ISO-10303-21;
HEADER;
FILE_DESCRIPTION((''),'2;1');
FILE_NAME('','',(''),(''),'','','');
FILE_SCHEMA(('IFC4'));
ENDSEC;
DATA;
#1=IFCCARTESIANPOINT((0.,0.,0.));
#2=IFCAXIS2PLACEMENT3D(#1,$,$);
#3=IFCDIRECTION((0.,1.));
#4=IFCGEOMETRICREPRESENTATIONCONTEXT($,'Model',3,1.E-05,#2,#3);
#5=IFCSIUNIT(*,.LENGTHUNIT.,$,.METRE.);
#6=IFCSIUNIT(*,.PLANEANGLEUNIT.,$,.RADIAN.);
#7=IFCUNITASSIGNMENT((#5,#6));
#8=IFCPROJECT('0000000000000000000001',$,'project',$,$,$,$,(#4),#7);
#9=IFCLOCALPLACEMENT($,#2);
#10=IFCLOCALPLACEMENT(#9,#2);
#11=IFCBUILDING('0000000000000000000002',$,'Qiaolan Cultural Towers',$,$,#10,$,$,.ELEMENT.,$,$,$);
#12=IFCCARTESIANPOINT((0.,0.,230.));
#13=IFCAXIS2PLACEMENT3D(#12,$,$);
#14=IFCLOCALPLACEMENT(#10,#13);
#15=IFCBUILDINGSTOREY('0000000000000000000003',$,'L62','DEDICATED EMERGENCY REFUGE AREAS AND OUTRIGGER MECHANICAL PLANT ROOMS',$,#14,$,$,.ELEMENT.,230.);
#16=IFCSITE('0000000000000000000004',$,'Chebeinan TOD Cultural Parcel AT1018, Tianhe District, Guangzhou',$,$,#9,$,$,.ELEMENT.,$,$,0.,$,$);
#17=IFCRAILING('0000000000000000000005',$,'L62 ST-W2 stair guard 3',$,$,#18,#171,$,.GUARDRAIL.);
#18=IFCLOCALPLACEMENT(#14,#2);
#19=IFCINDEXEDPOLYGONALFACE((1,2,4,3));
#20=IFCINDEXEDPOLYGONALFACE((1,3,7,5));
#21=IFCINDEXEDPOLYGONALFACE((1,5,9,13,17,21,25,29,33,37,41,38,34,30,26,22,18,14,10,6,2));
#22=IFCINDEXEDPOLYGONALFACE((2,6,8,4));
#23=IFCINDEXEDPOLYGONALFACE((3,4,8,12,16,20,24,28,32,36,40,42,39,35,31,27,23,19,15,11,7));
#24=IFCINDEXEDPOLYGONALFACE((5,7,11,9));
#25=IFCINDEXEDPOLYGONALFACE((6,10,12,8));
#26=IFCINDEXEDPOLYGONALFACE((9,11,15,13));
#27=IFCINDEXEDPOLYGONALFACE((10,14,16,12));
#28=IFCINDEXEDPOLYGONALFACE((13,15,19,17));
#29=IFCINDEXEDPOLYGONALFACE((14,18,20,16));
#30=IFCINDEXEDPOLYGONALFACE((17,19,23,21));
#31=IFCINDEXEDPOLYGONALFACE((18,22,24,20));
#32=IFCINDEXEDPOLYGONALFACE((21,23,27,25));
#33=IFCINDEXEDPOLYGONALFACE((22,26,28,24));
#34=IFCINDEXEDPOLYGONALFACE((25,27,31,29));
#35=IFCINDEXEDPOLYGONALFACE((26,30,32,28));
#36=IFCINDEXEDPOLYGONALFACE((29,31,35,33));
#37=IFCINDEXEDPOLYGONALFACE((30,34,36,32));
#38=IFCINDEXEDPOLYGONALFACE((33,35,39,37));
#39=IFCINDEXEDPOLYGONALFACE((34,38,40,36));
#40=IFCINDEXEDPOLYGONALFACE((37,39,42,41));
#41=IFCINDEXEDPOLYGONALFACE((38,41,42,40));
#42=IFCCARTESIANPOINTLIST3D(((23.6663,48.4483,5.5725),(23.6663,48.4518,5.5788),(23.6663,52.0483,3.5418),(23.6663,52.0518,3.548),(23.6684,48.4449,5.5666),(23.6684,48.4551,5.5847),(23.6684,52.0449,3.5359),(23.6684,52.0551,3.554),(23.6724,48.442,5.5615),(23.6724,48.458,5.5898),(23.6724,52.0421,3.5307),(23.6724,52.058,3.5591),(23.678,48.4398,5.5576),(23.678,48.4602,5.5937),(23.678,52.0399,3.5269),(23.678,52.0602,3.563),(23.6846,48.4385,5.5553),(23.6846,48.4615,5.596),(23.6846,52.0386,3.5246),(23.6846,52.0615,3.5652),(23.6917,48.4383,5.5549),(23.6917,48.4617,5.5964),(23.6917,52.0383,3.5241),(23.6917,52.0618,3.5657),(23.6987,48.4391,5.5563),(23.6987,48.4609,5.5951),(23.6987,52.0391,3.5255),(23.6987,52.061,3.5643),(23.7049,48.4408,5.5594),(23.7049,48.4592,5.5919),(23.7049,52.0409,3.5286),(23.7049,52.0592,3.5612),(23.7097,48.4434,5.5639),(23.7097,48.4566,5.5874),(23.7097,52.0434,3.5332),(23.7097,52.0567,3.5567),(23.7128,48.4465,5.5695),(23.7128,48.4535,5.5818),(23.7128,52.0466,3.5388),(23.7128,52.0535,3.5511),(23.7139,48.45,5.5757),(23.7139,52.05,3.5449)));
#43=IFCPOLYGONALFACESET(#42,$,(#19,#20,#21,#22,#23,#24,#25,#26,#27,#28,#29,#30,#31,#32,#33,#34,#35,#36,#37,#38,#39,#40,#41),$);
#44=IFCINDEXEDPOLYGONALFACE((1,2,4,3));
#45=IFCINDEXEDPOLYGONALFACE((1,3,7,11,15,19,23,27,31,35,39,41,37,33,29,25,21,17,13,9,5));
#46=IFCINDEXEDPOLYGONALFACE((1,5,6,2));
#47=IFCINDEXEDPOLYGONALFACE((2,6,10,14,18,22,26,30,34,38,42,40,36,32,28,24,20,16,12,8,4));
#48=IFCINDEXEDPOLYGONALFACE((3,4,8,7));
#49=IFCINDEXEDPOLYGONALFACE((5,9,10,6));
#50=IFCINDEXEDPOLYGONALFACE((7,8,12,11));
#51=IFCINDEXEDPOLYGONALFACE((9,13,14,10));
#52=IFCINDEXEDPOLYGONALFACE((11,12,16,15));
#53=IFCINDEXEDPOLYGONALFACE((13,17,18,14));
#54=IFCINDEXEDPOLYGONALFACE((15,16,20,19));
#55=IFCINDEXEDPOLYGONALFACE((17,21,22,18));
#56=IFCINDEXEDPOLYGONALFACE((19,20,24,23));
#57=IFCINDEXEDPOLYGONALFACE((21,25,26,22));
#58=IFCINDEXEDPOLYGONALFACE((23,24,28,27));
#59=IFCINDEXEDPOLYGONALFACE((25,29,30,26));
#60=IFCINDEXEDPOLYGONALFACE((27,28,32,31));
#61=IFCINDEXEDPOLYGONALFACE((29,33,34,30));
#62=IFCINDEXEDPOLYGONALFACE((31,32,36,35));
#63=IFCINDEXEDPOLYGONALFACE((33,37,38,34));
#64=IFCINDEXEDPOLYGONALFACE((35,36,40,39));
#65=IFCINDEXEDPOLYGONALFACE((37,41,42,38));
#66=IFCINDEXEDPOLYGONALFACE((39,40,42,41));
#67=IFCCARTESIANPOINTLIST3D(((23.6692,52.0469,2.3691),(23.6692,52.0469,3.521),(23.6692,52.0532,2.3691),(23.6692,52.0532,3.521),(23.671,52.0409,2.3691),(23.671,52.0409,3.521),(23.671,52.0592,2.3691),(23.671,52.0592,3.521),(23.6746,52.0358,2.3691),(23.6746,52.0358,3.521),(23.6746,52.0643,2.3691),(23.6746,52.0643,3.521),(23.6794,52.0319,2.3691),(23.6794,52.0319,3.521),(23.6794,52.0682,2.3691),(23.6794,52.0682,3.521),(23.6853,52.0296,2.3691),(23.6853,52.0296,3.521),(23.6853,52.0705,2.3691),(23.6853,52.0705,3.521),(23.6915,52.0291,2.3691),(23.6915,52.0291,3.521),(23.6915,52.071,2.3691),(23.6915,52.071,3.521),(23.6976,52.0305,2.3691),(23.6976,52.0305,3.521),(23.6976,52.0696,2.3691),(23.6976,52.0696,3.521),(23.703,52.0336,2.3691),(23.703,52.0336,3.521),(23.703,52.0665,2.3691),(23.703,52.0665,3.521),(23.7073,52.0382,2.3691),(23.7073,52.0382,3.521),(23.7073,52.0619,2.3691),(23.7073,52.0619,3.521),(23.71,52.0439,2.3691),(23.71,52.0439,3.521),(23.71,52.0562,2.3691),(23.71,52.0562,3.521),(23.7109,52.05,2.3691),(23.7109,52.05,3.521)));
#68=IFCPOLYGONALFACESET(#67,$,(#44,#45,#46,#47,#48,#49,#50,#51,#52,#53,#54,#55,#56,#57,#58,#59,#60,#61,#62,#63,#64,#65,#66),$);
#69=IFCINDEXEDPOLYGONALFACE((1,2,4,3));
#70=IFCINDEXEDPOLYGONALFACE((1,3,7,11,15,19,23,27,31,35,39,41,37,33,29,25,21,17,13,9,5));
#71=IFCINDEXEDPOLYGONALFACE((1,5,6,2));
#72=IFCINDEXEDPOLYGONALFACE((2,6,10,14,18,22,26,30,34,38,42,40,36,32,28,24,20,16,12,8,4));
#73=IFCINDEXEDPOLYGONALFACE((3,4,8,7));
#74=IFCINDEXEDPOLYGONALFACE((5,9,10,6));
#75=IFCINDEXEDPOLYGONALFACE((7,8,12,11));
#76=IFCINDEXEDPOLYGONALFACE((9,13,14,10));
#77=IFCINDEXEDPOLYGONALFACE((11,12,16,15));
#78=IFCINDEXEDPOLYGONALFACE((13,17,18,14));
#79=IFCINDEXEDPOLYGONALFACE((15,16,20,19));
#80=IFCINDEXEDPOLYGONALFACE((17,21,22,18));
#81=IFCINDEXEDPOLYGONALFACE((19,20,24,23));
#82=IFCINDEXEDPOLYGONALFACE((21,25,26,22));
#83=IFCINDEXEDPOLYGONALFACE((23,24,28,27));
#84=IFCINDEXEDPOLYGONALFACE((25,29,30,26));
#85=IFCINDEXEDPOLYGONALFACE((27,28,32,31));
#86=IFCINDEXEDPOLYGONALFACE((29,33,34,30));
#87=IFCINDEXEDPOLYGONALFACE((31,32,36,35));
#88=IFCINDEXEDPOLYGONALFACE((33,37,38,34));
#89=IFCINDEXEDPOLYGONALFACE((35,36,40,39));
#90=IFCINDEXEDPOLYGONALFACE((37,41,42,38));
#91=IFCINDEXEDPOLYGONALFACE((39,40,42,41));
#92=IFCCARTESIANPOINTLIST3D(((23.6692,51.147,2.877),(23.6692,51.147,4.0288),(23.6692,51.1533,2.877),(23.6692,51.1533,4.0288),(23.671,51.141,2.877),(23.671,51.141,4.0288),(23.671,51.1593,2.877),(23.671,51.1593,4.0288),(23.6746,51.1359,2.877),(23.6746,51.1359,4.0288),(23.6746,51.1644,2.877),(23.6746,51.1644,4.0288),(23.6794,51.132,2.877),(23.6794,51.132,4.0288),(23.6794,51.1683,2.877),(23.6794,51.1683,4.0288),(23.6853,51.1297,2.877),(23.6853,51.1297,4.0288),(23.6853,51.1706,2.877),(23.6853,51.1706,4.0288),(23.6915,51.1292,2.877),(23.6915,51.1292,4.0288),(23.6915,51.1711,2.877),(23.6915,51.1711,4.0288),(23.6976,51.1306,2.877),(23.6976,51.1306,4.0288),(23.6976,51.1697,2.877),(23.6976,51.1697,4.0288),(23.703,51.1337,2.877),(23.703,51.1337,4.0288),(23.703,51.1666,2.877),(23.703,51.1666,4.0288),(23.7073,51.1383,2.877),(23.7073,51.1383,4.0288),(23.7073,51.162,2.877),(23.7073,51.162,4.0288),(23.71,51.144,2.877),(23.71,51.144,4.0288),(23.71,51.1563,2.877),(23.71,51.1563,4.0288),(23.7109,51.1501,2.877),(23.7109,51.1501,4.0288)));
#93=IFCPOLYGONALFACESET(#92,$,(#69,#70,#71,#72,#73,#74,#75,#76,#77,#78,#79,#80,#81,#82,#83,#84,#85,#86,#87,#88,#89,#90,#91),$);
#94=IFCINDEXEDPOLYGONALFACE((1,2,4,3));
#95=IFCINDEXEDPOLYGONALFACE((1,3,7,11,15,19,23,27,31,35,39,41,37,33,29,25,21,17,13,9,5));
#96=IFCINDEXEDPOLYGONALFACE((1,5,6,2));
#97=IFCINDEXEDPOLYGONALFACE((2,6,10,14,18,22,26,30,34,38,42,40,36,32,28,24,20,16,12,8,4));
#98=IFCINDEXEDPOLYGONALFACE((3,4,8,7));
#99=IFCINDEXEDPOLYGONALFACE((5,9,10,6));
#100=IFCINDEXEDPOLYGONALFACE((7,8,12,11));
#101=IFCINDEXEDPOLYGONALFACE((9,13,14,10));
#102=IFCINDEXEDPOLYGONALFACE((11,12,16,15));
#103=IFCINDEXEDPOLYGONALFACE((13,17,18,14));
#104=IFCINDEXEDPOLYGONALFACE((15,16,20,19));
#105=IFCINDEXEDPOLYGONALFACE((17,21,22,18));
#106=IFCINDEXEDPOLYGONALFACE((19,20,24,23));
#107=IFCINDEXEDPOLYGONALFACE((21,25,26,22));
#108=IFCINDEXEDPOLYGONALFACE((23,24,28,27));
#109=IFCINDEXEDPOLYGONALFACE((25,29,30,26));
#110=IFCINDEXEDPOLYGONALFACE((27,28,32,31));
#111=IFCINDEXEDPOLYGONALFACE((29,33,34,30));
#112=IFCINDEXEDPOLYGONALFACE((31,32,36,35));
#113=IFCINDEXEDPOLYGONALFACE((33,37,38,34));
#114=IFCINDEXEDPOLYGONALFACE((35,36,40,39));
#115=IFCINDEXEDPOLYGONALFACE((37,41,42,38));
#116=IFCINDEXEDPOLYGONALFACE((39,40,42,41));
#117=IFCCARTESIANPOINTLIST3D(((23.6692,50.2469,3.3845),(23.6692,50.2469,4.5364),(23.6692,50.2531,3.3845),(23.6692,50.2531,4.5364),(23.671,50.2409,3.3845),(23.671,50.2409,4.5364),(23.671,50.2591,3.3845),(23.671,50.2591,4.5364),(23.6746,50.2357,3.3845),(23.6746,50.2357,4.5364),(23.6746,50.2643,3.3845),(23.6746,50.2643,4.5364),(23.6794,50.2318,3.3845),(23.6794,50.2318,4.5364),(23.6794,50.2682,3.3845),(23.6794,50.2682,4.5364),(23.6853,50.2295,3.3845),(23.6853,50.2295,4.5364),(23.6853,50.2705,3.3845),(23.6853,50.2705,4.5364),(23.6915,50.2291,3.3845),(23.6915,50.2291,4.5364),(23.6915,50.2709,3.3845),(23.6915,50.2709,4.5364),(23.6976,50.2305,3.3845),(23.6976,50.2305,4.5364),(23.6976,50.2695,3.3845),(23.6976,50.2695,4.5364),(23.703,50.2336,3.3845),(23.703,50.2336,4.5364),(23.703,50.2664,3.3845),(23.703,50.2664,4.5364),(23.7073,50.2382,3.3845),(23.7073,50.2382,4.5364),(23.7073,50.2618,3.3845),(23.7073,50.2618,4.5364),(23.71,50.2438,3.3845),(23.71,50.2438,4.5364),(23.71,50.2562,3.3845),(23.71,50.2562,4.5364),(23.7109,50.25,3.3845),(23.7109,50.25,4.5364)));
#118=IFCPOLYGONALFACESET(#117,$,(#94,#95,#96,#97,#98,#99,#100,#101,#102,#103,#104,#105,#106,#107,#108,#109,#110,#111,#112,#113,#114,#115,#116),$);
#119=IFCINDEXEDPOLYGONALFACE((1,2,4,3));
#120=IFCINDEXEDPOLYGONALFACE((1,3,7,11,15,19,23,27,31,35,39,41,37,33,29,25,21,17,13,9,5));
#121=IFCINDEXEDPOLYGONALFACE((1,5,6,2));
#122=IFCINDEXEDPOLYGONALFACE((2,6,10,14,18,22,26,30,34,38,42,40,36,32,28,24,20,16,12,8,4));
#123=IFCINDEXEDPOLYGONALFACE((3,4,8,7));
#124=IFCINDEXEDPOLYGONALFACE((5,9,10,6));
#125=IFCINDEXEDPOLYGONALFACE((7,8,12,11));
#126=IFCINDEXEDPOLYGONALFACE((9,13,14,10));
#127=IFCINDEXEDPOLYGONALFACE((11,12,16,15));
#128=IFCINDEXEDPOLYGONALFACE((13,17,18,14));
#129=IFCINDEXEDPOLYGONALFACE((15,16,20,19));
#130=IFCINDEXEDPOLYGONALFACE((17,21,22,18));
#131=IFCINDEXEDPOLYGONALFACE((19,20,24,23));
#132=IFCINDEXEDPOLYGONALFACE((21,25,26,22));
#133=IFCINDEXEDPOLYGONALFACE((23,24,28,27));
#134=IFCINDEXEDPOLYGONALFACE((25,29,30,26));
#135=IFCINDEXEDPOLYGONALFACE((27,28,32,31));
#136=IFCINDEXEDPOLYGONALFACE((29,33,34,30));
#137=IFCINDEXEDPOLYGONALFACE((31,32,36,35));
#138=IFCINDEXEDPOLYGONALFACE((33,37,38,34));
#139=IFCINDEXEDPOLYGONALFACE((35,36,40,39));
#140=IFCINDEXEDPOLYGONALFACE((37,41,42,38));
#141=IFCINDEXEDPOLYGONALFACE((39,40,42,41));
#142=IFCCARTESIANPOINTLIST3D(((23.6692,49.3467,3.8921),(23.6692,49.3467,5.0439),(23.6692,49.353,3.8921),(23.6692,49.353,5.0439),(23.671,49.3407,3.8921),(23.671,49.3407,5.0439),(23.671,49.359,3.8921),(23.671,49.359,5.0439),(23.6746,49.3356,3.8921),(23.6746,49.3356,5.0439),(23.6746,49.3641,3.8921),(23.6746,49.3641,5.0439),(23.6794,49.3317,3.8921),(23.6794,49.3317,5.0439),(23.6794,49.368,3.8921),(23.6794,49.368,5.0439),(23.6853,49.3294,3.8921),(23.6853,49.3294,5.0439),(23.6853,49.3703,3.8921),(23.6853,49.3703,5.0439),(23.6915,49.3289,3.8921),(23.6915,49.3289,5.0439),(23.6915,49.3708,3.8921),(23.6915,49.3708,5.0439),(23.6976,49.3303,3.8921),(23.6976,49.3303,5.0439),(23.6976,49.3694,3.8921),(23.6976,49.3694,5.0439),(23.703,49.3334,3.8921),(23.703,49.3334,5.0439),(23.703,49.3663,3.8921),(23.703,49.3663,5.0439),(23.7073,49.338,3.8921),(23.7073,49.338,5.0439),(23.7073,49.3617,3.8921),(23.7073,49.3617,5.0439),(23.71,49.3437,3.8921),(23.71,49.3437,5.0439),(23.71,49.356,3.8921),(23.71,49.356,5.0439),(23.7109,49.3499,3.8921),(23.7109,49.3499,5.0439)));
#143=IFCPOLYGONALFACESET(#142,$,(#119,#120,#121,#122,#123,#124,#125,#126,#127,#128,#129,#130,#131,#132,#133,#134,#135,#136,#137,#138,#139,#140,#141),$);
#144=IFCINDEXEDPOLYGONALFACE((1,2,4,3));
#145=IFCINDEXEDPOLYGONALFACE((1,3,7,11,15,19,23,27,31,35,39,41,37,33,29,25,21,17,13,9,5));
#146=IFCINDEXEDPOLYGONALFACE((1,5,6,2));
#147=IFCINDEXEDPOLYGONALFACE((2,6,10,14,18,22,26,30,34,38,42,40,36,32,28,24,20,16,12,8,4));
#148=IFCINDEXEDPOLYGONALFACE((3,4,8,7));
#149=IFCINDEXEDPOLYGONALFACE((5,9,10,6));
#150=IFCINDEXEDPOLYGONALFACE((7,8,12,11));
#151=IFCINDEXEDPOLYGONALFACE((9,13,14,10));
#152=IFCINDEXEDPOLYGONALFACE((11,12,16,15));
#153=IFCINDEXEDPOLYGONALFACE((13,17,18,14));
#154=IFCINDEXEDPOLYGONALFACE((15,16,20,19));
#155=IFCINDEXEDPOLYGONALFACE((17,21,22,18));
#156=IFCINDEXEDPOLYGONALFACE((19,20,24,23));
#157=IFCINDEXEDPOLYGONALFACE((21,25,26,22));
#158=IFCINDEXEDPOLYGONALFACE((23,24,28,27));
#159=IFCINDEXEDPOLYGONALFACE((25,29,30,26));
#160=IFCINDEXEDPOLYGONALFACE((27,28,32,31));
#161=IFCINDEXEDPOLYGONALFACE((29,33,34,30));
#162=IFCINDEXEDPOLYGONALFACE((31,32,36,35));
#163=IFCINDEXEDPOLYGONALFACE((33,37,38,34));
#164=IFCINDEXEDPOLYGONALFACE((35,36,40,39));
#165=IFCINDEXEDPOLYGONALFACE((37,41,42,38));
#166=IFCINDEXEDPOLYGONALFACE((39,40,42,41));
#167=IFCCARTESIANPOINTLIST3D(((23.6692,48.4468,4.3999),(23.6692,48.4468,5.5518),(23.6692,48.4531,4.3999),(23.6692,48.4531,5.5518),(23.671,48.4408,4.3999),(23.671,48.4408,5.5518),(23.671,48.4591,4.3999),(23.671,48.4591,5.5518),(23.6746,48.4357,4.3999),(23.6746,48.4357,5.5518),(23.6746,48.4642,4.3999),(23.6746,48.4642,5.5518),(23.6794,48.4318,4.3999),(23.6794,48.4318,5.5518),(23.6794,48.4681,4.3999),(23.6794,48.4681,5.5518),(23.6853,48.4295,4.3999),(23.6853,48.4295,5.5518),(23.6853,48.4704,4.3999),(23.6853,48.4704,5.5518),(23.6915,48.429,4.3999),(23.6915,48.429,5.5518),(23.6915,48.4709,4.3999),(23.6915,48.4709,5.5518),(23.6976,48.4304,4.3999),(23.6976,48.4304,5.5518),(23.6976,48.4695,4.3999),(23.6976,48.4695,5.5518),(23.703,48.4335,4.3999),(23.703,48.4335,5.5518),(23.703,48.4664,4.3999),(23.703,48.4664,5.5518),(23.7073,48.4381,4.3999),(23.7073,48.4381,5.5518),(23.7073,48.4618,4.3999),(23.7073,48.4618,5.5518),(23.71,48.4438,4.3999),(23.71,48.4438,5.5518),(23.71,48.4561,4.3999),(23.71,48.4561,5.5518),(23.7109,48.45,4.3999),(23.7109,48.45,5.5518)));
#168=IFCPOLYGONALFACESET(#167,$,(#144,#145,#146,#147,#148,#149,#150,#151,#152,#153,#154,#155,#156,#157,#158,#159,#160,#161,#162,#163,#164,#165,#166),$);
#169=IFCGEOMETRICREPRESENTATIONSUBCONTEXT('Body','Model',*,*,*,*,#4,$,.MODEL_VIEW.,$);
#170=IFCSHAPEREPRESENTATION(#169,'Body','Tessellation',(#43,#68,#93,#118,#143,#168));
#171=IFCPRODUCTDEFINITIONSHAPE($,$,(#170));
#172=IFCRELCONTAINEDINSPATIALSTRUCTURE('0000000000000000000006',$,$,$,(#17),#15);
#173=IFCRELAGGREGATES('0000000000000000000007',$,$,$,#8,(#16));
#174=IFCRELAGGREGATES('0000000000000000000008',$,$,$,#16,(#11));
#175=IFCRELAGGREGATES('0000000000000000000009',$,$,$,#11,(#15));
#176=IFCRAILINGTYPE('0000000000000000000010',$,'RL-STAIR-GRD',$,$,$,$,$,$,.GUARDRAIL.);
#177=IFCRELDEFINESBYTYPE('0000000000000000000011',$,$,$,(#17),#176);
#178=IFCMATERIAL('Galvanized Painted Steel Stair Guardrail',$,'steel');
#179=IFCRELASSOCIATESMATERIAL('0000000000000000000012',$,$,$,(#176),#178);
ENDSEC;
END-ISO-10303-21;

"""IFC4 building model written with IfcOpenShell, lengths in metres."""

from ifc_helpers import new_model, si_unit, direction, frame, origin, origin_2d, place, context, subcontext, project, spatial, circle, extrude, material, type_object, element, save


model = new_model("IFC4")

# Units and contexts
model_context = context("Model", 3, precision=1e-05, world=origin(), true_north=direction((0.0, 1.0)))
body_context = subcontext(model_context, "Body", "Model", "MODEL_VIEW")
ifc_project = project(units=[si_unit("LENGTHUNIT", "METRE"), si_unit("PLANEANGLEUNIT", "RADIAN")], contexts=[model_context])

# Site, building, storey
site_placement = place(None, origin())
site = spatial("IfcSite", under=ifc_project, at=site_placement, Name="Chebeinan TOD Cultural Parcel AT1018, Tianhe District, Guangzhou", CompositionType="ELEMENT", RefElevation=0.0)
building_placement = place(site_placement, origin())
building = spatial("IfcBuilding", under=site, at=building_placement, Name="Qiaolan Cultural Towers", CompositionType="ELEMENT")
storey_placement = place(building_placement, frame((0.0, 0.0, 230.0)))
storey = spatial("IfcBuildingStorey", under=building, at=storey_placement, Name="L62", Description="DEDICATED EMERGENCY REFUGE AREAS AND OUTRIGGER MECHANICAL PLANT ROOMS", CompositionType="ELEMENT", Elevation=230.0)

# Railing
ifc_material_1 = material(Name="Galvanized Painted Steel Stair Guardrail", Category="steel")
railing_type_1 = type_object("IfcRailingType", Name="RL-STAIR-GRD", PredefinedType="GUARDRAIL", material=ifc_material_1)
railing_1_placement = place(storey_placement, frame((23.6899, 52.05, 2.3691)))
element("IfcRailing", 1, at=railing_1_placement, inside=storey, type_object=railing_type_1, Name="L62 ST-W2 stair guard 3", PredefinedType="GUARDRAIL", context=body_context, shape_type="SweptSolid", body=[
    extrude(circle(Radius=0.0239, at=origin_2d()), frame((0.0, 0.0, 1.1758), z_axis=(0.0, -0.870985, 0.49131), x_axis=(1.0, 0.0, 0.0)), (0.0, 0.0, 1.0), 4.1333),
    extrude(circle(Radius=0.021, at=origin_2d()), origin(), (0.0, 0.0, 1.0), 1.1519),
    extrude(circle(Radius=0.021, at=origin_2d()), frame((0.0, -0.8999, 0.5078)), (0.0, 0.0, 1.0), 1.1519),
    extrude(circle(Radius=0.021, at=origin_2d()), frame((0.0, -1.8, 1.0154)), (0.0, 0.0, 1.0), 1.1519),
    extrude(circle(Radius=0.021, at=origin_2d()), frame((0.0, -2.7002, 1.5229)), (0.0, 0.0, 1.0), 1.1519),
    extrude(circle(Radius=0.021, at=origin_2d()), frame((0.0, -3.6001, 2.0308)), (0.0, 0.0, 1.0), 1.1519),
])

save(model, "model.ifc")
